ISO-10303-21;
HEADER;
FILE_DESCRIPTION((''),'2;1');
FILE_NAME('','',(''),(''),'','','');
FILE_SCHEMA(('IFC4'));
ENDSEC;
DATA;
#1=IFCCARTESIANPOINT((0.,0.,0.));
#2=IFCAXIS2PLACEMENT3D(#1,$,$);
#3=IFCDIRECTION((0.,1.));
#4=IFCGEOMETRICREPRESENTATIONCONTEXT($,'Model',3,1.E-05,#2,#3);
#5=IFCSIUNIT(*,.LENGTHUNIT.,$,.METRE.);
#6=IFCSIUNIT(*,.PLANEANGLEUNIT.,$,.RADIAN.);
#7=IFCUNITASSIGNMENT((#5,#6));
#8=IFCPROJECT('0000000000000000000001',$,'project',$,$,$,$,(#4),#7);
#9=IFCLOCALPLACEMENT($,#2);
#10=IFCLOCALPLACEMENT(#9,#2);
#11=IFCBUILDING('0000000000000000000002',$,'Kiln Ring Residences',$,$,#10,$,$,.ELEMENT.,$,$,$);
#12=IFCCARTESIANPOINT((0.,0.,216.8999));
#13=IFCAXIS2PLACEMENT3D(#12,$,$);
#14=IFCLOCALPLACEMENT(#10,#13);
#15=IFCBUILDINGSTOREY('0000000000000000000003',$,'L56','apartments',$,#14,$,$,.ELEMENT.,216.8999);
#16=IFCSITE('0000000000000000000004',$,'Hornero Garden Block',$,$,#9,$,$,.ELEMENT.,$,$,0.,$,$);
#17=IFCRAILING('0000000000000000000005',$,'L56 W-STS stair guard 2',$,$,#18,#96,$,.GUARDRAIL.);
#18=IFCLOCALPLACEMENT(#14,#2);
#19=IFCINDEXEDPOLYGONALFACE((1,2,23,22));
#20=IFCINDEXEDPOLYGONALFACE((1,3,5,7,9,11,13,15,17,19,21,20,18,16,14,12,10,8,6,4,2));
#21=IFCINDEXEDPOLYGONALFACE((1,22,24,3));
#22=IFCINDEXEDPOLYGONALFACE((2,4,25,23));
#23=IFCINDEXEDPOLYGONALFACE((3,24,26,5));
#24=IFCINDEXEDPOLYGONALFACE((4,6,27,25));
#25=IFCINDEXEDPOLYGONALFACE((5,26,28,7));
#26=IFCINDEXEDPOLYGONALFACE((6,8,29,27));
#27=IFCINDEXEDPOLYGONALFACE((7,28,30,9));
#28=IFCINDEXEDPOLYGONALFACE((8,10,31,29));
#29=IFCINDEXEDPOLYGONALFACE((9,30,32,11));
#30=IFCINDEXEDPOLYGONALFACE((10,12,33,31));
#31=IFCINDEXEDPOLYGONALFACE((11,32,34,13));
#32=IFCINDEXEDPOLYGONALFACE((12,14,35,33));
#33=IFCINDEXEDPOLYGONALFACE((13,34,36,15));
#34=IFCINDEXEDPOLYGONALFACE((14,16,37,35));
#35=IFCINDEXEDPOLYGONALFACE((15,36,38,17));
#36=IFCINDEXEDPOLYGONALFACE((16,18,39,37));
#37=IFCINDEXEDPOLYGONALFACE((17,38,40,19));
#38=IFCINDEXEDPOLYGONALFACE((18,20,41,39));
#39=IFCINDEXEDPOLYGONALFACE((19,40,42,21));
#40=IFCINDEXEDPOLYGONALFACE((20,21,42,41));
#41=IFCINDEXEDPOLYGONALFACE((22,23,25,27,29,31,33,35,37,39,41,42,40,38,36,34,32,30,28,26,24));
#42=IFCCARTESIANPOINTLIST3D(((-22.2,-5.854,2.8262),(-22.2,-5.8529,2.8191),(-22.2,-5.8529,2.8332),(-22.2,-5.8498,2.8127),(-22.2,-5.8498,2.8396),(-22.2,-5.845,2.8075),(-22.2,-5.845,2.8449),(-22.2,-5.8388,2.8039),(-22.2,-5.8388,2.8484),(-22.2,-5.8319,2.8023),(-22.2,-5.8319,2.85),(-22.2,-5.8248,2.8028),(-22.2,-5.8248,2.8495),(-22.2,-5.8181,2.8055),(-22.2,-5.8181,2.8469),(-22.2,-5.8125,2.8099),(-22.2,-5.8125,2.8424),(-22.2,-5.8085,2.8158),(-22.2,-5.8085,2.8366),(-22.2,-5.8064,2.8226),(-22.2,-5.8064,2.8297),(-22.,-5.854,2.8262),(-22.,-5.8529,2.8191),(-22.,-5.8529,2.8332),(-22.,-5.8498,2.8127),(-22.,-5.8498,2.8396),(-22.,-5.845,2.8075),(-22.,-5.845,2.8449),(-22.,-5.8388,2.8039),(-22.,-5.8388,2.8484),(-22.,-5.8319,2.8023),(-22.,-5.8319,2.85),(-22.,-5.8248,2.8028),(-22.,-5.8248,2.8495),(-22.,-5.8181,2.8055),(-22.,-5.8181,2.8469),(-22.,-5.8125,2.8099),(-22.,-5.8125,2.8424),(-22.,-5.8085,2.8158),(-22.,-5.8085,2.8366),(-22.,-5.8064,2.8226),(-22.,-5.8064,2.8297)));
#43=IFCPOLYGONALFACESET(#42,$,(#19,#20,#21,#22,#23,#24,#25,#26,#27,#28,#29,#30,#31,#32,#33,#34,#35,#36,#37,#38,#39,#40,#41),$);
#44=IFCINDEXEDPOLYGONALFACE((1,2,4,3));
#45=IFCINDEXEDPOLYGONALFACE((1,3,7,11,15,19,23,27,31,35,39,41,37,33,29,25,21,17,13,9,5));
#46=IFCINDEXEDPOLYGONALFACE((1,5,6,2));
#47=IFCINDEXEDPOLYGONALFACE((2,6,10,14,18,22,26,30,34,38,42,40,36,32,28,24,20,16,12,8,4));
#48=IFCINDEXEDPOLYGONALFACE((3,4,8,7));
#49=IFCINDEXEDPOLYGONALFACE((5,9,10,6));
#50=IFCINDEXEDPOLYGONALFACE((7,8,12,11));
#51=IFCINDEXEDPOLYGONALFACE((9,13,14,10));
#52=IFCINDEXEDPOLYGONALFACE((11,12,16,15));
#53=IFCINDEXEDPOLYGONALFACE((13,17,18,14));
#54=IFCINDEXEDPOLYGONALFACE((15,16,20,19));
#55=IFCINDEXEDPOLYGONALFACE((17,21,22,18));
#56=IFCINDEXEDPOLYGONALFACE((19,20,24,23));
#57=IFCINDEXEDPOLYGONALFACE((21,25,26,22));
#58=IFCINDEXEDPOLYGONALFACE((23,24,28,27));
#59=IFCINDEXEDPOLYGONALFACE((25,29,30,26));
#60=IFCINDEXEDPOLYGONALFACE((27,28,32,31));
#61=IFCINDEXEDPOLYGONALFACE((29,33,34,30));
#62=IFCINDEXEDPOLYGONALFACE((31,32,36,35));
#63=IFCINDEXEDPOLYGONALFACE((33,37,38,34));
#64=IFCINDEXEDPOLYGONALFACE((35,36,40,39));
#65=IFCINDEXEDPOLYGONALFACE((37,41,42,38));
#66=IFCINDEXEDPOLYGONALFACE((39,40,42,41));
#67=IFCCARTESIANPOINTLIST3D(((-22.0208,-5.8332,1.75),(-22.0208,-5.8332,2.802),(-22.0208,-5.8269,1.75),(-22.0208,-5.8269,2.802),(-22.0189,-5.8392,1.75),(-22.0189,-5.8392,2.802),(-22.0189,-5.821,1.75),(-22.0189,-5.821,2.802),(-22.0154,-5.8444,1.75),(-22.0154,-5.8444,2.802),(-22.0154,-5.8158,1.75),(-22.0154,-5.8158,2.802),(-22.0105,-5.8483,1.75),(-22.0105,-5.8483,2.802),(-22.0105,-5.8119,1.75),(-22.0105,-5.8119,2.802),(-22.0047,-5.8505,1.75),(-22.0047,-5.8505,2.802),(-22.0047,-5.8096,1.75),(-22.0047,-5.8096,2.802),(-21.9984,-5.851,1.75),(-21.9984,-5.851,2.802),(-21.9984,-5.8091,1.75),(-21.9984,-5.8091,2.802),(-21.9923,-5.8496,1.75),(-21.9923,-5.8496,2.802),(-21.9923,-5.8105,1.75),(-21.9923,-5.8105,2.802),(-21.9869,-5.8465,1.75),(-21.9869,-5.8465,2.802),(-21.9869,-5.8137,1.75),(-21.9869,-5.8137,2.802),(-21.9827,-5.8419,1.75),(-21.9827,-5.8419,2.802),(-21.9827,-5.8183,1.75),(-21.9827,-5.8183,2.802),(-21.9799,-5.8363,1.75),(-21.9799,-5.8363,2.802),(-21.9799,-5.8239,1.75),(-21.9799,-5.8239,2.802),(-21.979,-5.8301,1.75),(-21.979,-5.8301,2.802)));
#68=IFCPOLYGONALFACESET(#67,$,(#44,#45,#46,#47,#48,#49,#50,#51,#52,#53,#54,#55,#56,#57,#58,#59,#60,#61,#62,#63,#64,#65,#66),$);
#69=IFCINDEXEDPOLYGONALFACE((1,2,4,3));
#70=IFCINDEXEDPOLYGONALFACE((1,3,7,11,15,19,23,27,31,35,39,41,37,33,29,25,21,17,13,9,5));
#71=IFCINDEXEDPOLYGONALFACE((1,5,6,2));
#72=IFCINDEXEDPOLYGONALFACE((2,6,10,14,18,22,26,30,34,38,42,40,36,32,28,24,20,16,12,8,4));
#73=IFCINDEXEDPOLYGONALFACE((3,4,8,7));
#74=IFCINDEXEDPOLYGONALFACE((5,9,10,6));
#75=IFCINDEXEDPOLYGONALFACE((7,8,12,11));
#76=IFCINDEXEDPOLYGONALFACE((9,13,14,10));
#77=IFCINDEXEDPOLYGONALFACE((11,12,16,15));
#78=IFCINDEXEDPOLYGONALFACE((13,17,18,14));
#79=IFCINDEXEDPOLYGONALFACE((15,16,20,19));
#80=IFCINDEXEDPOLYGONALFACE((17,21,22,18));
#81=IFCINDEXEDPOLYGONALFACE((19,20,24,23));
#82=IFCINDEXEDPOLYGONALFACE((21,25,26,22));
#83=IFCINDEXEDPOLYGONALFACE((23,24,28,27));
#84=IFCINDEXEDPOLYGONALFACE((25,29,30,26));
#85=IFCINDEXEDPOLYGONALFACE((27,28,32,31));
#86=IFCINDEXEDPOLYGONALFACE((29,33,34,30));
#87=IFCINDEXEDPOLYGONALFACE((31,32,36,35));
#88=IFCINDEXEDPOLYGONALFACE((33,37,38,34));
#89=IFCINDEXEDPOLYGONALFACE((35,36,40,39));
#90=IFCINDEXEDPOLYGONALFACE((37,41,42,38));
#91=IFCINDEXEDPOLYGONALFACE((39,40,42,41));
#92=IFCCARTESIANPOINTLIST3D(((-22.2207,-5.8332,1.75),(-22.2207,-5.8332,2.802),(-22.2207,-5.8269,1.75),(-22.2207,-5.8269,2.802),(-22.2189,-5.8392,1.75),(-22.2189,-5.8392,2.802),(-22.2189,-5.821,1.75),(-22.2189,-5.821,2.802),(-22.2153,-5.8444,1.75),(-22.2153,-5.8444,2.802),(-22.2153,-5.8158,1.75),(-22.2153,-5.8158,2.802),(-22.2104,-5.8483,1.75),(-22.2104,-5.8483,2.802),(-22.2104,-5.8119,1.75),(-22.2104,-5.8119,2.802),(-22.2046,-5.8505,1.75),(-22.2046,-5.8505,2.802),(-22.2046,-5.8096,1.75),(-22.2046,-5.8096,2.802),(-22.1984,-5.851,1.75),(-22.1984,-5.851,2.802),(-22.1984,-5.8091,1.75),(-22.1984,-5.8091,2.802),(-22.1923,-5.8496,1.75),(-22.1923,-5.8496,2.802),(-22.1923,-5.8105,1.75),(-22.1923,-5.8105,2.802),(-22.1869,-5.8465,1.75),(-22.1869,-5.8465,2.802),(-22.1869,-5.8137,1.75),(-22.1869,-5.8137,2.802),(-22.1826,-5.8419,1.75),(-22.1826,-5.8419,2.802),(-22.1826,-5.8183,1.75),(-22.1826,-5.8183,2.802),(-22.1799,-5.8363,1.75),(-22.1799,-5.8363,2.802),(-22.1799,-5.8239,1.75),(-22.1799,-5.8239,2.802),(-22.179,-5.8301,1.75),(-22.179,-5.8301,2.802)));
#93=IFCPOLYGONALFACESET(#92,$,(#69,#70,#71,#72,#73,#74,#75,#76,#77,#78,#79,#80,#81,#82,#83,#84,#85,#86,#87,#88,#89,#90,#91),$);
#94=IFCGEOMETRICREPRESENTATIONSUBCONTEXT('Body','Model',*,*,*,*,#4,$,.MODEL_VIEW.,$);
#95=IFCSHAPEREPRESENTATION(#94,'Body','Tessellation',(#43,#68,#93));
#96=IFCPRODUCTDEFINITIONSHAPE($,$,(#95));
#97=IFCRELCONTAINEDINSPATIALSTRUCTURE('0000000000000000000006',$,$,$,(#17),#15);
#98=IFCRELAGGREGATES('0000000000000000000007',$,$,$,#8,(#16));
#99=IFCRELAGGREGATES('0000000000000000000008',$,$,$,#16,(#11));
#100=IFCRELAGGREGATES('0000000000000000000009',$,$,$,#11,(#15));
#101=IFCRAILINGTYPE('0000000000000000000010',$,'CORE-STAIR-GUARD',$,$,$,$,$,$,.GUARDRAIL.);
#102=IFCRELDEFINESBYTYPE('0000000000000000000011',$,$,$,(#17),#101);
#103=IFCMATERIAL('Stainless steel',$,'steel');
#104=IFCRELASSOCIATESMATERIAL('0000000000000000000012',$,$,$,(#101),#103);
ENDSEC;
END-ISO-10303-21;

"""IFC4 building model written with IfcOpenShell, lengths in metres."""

from ifc_helpers import new_model, si_unit, direction, frame, origin, origin_2d, place, context, subcontext, project, spatial, circle, extrude, material, type_object, element, save


model = new_model("IFC4")

# Units and contexts
model_context = context("Model", 3, precision=1e-05, world=origin(), true_north=direction((0.0, 1.0)))
body_context = subcontext(model_context, "Body", "Model", "MODEL_VIEW")
ifc_project = project(units=[si_unit("LENGTHUNIT", "METRE"), si_unit("PLANEANGLEUNIT", "RADIAN")], contexts=[model_context])

# Site, building, storey
site_placement = place(None, origin())
site = spatial("IfcSite", under=ifc_project, at=site_placement, Name="Hornero Garden Block", CompositionType="ELEMENT", RefElevation=0.0)
building_placement = place(site_placement, origin())
building = spatial("IfcBuilding", under=site, at=building_placement, Name="Kiln Ring Residences", CompositionType="ELEMENT")
storey_placement = place(building_placement, frame((0.0, 0.0, 216.8999)))
storey = spatial("IfcBuildingStorey", under=building, at=storey_placement, Name="L56", Description="apartments", CompositionType="ELEMENT", Elevation=216.8999)

# Railing
ifc_material_1 = material(Name="Stainless steel", Category="steel")
railing_type_1 = type_object("IfcRailingType", Name="CORE-STAIR-GUARD", PredefinedType="GUARDRAIL", material=ifc_material_1)
railing_1_placement = place(storey_placement, frame((-22.0, -5.8301, 1.75)))
element("IfcRailing", 1, at=railing_1_placement, inside=storey, type_object=railing_type_1, Name="L56 W-STS stair guard 2", PredefinedType="GUARDRAIL", context=body_context, shape_type="SweptSolid", body=[
    extrude(circle(Radius=0.0239, at=origin_2d()), frame((0.0, 0.0, 1.0762), z_axis=(-1.0, 0.0, 0.0), x_axis=(0.0, -1.0, 0.0)), (0.0, 0.0, 1.0), 0.2),
    extrude(circle(Radius=0.021, at=origin_2d()), origin(), (0.0, 0.0, 1.0), 1.052),
    extrude(circle(Radius=0.021, at=origin_2d()), frame((-0.2, 0.0, 0.0)), (0.0, 0.0, 1.0), 1.052),
])

save(model, "model.ifc")
